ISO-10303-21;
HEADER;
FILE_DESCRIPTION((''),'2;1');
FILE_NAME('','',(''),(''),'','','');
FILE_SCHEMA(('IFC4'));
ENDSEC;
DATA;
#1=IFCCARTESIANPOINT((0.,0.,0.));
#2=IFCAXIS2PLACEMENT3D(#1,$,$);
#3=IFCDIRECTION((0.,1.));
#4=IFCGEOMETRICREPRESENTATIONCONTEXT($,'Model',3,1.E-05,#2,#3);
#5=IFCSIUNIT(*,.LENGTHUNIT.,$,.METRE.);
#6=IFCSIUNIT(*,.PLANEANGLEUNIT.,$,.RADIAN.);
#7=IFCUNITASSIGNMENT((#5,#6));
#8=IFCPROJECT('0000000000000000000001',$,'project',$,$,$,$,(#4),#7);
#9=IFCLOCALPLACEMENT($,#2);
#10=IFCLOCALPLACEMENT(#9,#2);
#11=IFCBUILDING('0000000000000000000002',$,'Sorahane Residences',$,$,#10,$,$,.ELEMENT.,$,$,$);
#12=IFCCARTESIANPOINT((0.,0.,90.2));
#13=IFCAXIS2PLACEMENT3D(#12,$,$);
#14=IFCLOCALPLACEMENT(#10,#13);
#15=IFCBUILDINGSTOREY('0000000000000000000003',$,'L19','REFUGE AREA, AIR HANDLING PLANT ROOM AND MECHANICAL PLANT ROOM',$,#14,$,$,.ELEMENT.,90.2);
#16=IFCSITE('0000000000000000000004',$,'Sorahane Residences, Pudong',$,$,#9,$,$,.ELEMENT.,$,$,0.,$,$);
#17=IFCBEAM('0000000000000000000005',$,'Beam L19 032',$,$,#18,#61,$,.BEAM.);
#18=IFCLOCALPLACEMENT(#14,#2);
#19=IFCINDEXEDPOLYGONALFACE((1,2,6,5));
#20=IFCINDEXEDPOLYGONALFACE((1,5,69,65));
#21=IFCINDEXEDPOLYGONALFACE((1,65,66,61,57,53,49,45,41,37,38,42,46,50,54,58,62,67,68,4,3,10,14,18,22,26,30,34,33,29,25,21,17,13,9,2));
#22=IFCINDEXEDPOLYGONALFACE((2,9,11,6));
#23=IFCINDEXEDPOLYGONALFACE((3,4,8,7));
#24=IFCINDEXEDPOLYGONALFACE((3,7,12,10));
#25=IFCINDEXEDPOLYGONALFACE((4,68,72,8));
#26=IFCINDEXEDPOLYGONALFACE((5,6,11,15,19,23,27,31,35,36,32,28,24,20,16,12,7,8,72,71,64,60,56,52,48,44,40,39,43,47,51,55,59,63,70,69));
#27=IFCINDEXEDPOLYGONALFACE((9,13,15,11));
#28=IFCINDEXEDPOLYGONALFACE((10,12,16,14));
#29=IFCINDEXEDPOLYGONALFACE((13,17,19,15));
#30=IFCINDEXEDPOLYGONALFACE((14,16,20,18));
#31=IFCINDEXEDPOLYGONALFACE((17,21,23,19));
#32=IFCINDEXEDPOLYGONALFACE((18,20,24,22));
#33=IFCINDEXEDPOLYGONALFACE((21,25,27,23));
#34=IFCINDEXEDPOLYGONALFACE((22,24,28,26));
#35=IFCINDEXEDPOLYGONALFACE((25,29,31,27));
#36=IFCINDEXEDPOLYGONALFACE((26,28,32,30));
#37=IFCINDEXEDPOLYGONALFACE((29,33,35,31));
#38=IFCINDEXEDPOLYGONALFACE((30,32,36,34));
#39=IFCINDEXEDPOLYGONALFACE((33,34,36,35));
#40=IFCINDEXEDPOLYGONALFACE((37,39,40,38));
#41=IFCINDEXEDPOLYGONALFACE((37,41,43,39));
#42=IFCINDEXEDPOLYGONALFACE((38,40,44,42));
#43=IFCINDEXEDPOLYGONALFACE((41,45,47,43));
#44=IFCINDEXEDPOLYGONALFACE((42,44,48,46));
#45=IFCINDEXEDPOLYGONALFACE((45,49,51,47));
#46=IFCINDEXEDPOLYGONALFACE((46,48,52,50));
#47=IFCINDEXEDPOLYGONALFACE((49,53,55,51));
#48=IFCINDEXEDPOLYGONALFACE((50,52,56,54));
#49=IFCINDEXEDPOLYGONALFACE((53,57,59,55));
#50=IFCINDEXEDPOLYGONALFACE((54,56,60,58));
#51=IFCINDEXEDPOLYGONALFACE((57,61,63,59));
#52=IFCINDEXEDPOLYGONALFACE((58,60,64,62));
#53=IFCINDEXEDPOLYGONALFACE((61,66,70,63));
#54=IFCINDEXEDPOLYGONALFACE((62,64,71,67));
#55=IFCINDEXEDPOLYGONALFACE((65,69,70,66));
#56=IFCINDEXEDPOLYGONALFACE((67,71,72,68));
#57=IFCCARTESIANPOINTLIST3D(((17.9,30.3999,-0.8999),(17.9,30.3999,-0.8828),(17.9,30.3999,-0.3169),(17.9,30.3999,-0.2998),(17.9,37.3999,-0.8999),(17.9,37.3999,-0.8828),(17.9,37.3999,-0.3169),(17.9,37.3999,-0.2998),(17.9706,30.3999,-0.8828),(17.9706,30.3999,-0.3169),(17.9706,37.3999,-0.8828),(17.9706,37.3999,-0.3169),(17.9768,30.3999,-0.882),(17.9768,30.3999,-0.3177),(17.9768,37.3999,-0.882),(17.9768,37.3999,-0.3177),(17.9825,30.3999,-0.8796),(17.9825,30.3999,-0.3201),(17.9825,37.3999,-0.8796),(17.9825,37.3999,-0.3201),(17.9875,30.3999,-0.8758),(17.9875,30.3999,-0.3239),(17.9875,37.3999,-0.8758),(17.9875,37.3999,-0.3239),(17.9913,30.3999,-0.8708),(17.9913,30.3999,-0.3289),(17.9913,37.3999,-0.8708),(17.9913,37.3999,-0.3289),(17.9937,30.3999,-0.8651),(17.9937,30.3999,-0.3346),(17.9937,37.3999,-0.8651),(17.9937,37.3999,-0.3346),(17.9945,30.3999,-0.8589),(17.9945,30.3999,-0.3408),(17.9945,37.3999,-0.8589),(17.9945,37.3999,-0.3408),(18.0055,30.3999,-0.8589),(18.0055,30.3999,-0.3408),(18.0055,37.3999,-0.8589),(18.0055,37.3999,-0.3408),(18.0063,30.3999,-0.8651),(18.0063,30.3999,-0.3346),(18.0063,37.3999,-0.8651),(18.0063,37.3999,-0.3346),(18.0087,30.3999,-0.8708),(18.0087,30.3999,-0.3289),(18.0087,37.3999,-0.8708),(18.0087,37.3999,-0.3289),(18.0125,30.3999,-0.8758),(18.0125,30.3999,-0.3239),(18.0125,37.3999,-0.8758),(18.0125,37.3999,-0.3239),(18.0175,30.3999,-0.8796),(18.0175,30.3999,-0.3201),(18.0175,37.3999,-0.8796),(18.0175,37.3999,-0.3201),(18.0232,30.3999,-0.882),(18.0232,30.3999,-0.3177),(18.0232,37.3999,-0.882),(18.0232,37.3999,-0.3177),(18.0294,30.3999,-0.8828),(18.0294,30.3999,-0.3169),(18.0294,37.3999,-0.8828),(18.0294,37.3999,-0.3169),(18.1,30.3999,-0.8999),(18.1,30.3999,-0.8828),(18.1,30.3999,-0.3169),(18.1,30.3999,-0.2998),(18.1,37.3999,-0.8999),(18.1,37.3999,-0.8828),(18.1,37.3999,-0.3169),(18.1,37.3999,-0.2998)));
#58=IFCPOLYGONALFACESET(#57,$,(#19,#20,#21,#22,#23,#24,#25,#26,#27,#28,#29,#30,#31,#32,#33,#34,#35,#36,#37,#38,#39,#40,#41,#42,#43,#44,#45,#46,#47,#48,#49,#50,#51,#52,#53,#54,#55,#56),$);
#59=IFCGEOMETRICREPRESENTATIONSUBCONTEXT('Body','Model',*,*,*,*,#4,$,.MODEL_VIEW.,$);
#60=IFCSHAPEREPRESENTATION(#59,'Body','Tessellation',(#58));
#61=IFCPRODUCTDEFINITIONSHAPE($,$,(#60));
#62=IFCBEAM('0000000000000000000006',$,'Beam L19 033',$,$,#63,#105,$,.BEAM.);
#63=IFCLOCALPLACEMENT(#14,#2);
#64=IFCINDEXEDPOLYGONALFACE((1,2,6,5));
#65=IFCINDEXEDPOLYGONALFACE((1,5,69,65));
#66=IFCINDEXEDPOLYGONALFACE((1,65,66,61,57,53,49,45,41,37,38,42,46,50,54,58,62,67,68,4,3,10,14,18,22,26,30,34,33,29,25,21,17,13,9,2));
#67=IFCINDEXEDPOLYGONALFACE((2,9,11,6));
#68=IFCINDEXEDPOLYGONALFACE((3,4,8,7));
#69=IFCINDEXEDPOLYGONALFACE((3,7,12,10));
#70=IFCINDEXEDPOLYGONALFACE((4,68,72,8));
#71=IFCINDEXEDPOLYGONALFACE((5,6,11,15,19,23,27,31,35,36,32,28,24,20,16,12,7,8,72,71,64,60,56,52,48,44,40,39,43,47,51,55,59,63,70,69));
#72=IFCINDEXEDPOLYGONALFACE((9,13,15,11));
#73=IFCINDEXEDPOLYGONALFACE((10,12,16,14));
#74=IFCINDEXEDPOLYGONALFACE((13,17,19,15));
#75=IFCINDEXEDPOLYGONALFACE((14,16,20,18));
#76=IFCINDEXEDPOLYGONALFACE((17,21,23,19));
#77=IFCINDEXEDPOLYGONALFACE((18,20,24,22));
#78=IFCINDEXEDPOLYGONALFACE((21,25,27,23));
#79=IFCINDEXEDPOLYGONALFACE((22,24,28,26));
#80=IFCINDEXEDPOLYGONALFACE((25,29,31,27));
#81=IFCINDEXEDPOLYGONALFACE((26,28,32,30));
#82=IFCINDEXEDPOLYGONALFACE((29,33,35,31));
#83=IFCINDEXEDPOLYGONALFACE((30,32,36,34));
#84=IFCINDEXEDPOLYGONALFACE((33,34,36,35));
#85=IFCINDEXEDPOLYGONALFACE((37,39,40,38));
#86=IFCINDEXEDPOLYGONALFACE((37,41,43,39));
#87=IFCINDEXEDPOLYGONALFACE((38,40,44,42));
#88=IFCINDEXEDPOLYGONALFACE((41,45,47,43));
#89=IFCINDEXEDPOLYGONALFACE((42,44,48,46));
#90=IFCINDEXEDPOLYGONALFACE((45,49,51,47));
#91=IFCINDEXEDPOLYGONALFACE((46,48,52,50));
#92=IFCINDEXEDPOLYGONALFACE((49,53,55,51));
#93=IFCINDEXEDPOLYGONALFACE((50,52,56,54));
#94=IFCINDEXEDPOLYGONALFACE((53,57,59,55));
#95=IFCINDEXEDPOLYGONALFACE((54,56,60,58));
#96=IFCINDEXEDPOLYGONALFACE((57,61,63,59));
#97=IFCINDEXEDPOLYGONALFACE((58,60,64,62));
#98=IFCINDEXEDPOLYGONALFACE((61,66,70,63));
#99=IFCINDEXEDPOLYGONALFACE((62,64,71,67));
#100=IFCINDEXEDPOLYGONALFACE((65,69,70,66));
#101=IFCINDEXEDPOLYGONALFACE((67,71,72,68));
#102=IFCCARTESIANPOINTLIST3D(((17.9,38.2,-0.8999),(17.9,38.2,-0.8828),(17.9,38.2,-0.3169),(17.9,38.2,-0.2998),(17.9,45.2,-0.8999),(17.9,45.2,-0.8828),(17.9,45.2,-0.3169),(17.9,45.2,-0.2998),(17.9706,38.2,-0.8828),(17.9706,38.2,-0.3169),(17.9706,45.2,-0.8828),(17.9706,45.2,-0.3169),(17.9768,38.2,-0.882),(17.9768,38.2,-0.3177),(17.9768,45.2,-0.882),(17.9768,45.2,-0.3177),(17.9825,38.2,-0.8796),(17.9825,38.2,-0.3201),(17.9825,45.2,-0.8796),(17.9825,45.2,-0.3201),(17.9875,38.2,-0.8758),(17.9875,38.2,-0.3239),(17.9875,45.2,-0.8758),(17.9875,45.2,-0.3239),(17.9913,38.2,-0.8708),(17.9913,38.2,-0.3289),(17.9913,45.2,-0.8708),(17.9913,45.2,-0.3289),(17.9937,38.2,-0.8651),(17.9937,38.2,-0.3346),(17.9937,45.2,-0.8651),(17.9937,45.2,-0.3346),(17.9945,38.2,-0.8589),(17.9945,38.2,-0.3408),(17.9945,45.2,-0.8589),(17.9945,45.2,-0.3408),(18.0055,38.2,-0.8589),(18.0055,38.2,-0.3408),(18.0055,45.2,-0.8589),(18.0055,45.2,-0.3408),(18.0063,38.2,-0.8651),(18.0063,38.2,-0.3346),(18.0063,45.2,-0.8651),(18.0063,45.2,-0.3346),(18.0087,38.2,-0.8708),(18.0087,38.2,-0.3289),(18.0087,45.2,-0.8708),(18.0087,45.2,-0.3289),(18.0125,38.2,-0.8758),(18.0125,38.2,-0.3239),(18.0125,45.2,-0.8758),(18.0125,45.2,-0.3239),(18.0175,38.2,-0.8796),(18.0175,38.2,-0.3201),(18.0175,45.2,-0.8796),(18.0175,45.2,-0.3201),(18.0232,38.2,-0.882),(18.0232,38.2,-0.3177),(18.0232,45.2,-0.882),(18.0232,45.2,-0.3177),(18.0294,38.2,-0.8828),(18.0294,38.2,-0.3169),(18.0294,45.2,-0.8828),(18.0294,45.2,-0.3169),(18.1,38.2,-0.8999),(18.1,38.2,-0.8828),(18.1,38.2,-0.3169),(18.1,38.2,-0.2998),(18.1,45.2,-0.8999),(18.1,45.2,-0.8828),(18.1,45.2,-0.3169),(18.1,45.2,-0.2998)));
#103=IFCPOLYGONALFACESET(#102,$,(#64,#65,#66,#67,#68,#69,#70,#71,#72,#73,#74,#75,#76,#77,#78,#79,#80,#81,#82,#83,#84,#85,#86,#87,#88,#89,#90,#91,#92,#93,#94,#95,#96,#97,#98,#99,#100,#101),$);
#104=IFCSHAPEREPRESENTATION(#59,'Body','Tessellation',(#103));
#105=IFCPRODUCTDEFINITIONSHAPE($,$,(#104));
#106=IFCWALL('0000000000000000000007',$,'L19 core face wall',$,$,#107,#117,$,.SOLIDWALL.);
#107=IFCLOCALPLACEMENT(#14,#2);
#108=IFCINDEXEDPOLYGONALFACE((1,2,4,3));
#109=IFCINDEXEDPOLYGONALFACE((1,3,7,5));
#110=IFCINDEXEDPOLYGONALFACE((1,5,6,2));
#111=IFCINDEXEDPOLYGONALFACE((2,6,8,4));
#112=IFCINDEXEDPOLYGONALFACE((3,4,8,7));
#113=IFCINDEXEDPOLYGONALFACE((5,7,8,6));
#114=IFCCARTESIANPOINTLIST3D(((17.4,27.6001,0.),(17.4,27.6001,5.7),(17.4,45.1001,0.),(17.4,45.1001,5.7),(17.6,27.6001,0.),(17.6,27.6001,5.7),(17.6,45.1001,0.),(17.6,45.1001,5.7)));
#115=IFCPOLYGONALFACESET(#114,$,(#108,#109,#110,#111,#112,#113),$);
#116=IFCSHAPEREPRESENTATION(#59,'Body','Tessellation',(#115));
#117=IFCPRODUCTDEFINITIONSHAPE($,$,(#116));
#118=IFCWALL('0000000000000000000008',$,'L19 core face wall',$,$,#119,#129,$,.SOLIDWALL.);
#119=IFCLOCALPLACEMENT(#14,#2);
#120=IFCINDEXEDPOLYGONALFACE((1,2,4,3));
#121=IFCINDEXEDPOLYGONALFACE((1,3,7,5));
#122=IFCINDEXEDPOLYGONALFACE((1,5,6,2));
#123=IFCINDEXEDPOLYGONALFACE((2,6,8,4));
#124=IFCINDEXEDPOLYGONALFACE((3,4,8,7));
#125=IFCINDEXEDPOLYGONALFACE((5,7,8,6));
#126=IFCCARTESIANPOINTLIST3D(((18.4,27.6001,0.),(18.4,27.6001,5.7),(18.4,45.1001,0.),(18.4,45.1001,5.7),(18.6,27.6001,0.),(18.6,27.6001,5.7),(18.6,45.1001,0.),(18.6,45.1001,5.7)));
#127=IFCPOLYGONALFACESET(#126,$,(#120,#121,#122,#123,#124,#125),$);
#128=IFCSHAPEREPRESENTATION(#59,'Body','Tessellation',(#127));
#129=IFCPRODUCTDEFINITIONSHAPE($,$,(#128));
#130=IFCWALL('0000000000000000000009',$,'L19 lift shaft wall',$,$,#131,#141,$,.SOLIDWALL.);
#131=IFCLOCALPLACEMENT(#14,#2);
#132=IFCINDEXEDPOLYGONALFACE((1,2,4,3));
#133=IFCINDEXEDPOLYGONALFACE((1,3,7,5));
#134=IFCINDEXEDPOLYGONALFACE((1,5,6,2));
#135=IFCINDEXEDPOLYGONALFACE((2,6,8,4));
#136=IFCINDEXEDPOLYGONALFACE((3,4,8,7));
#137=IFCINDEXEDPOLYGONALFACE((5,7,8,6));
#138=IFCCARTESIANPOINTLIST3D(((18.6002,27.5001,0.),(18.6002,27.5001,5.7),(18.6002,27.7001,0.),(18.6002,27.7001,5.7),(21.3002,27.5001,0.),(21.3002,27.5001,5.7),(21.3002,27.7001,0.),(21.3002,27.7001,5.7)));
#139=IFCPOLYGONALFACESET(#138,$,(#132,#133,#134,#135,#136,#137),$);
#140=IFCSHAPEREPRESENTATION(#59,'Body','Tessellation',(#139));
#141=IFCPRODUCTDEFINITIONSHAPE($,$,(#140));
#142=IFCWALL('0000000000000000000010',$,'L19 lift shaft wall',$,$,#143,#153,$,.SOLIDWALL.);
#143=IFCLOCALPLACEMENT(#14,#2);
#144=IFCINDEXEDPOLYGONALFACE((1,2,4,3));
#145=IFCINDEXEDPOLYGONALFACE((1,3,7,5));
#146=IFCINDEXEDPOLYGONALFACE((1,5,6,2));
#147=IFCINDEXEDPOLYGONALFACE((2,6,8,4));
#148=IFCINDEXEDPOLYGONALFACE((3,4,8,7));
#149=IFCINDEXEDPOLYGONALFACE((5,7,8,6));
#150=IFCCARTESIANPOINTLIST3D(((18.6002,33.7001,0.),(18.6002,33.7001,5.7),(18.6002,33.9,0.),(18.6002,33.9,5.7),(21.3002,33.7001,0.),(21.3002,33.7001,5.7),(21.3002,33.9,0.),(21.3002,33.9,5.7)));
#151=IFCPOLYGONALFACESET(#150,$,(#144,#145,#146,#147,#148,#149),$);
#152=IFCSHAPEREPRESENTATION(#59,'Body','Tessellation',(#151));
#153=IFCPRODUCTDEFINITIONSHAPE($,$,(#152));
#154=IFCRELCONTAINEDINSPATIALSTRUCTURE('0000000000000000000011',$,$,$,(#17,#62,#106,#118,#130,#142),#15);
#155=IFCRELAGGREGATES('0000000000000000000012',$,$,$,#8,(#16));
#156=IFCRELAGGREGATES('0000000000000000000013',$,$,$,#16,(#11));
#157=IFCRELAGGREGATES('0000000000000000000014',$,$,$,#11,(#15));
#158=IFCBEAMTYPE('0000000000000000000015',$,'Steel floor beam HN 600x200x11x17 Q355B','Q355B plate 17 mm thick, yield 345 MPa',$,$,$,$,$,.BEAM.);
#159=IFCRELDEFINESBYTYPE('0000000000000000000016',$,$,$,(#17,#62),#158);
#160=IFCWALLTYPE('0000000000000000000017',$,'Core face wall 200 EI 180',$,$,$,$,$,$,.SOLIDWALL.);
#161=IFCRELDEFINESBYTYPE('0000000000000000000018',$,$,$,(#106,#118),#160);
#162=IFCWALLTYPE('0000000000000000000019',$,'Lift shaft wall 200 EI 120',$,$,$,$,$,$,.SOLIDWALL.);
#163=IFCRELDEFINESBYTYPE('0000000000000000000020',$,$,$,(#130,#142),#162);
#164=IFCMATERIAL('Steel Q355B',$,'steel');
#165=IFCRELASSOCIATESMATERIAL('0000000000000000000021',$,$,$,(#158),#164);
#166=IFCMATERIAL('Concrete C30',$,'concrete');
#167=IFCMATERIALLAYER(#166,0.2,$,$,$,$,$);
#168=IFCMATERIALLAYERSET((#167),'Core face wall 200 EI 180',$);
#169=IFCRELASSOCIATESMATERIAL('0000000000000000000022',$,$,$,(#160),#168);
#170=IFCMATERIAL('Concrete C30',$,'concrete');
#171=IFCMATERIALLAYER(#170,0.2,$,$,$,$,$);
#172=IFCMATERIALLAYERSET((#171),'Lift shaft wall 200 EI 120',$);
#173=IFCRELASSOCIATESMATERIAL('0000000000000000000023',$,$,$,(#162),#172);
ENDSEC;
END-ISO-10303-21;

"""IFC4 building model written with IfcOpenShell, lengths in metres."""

from ifc_helpers import new_model, si_unit, direction, frame, frame_2d, origin, origin_2d, place, context, subcontext, project, spatial, rectangle, i_section, extrude, material, layer, layer_set, material_profile, profile_set, type_object, element, save


model = new_model("IFC4")

# Units and contexts
model_context = context("Model", 3, precision=1e-05, world=origin(), true_north=direction((0.0, 1.0)))
body_context = subcontext(model_context, "Body", "Model", "MODEL_VIEW")
ifc_project = project(units=[si_unit("LENGTHUNIT", "METRE"), si_unit("PLANEANGLEUNIT", "RADIAN")], contexts=[model_context])

# Site, building, storey
site_placement = place(None, origin())
site = spatial("IfcSite", under=ifc_project, at=site_placement, Name="Sorahane Residences, Pudong", CompositionType="ELEMENT", RefElevation=0.0)
building_placement = place(site_placement, origin())
building = spatial("IfcBuilding", under=site, at=building_placement, Name="Sorahane Residences", CompositionType="ELEMENT")
storey_placement = place(building_placement, frame((0.0, 0.0, 90.2)))
storey = spatial("IfcBuildingStorey", under=building, at=storey_placement, Name="L19", Description="REFUGE AREA, AIR HANDLING PLANT ROOM AND MECHANICAL PLANT ROOM", CompositionType="ELEMENT", Elevation=90.2)

# Beams
ifc_material_1 = material(Name="Steel Q355B", Category="steel")
ifc_material_profile_1 = material_profile(ifc_material_1, i_section(OverallWidth=0.2, OverallDepth=0.6001, WebThickness=0.011, FlangeThickness=0.0171, FilletRadius=0.0239, at=origin_2d()), Name="HN 600x200x11x17")
ifc_profile_set_1 = profile_set([ifc_material_profile_1], Name="Steel Q355B")
beam_type_1 = type_object("IfcBeamType", Name="Steel floor beam HN 600x200x11x17 Q355B", Description="Q355B plate 17 mm thick, yield 345 MPa", PredefinedType="BEAM", material=ifc_profile_set_1)
for number, where, z_axis, x_axis, name in (
    (1, (18.0, 30.3999, -0.5999), (0.0, 1.0, 0.0), (-1.0, 0.0, 0.0), "Beam L19 032"),
    (2, (18.0, 38.2, -0.5999), (0.0, 1.0, 0.0), (-1.0, 0.0, 0.0), "Beam L19 033"),
):
    element("IfcBeam", number, at=place(storey_placement, frame(where, z_axis=z_axis, x_axis=x_axis)), inside=storey, type_object=beam_type_1, Name=name, PredefinedType="BEAM", context=body_context, shape_type="SweptSolid", body=[
        extrude(i_section(OverallWidth=0.2, OverallDepth=0.6001, WebThickness=0.011, FlangeThickness=0.0171, FilletRadius=0.0239, at=origin_2d()), origin(), (0.0, 0.0, 1.0), 7.0),
    ])

# Walls
ifc_material_2 = material(Name="Concrete C30", Category="concrete")
ifc_layer_1 = layer(ifc_material_2, 0.2)
ifc_layer_set_1 = layer_set([ifc_layer_1], Name="Core face wall 200 EI 180")
wall_type_1 = type_object("IfcWallType", Name="Core face wall 200 EI 180", PredefinedType="SOLIDWALL", material=ifc_layer_set_1)
for number, where, z_axis, x_axis, name in (
    (3, (17.5, 27.6001, 0.0), (0.0, 0.0, 1.0), (0.0, 1.0, 0.0), "L19 core face wall"),
    (4, (18.5, 27.6001, 0.0), (0.0, 0.0, 1.0), (0.0, 1.0, 0.0), "L19 core face wall"),
):
    element("IfcWall", number, at=place(storey_placement, frame(where, z_axis=z_axis, x_axis=x_axis)), inside=storey, type_object=wall_type_1, Name=name, PredefinedType="SOLIDWALL", context=body_context, shape_type="SweptSolid", body=[
        extrude(rectangle(XDim=17.5, YDim=0.2, at=frame_2d((8.75, 0.0))), origin(), (0.0, 0.0, 1.0), 5.7),
    ])
ifc_material_3 = material(Name="Concrete C30", Category="concrete")
ifc_layer_2 = layer(ifc_material_3, 0.2)
ifc_layer_set_2 = layer_set([ifc_layer_2], Name="Lift shaft wall 200 EI 120")
wall_type_2 = type_object("IfcWallType", Name="Lift shaft wall 200 EI 120", PredefinedType="SOLIDWALL", material=ifc_layer_set_2)
for number, where, z_axis, x_axis, name in (
    (5, (18.6001, 27.6001, 0.0), (0.0, 0.0, 1.0), (1.0, 0.0, 0.0), "L19 lift shaft wall"),
    (6, (18.6001, 33.8, 0.0), (0.0, 0.0, 1.0), (1.0, 0.0, 0.0), "L19 lift shaft wall"),
):
    element("IfcWall", number, at=place(storey_placement, frame(where, z_axis=z_axis, x_axis=x_axis)), inside=storey, type_object=wall_type_2, Name=name, PredefinedType="SOLIDWALL", context=body_context, shape_type="SweptSolid", body=[
        extrude(rectangle(XDim=2.7, YDim=0.2, at=frame_2d((1.3501, 0.0))), origin(), (0.0, 0.0, 1.0), 5.7),
    ])

save(model, "model.ifc")
